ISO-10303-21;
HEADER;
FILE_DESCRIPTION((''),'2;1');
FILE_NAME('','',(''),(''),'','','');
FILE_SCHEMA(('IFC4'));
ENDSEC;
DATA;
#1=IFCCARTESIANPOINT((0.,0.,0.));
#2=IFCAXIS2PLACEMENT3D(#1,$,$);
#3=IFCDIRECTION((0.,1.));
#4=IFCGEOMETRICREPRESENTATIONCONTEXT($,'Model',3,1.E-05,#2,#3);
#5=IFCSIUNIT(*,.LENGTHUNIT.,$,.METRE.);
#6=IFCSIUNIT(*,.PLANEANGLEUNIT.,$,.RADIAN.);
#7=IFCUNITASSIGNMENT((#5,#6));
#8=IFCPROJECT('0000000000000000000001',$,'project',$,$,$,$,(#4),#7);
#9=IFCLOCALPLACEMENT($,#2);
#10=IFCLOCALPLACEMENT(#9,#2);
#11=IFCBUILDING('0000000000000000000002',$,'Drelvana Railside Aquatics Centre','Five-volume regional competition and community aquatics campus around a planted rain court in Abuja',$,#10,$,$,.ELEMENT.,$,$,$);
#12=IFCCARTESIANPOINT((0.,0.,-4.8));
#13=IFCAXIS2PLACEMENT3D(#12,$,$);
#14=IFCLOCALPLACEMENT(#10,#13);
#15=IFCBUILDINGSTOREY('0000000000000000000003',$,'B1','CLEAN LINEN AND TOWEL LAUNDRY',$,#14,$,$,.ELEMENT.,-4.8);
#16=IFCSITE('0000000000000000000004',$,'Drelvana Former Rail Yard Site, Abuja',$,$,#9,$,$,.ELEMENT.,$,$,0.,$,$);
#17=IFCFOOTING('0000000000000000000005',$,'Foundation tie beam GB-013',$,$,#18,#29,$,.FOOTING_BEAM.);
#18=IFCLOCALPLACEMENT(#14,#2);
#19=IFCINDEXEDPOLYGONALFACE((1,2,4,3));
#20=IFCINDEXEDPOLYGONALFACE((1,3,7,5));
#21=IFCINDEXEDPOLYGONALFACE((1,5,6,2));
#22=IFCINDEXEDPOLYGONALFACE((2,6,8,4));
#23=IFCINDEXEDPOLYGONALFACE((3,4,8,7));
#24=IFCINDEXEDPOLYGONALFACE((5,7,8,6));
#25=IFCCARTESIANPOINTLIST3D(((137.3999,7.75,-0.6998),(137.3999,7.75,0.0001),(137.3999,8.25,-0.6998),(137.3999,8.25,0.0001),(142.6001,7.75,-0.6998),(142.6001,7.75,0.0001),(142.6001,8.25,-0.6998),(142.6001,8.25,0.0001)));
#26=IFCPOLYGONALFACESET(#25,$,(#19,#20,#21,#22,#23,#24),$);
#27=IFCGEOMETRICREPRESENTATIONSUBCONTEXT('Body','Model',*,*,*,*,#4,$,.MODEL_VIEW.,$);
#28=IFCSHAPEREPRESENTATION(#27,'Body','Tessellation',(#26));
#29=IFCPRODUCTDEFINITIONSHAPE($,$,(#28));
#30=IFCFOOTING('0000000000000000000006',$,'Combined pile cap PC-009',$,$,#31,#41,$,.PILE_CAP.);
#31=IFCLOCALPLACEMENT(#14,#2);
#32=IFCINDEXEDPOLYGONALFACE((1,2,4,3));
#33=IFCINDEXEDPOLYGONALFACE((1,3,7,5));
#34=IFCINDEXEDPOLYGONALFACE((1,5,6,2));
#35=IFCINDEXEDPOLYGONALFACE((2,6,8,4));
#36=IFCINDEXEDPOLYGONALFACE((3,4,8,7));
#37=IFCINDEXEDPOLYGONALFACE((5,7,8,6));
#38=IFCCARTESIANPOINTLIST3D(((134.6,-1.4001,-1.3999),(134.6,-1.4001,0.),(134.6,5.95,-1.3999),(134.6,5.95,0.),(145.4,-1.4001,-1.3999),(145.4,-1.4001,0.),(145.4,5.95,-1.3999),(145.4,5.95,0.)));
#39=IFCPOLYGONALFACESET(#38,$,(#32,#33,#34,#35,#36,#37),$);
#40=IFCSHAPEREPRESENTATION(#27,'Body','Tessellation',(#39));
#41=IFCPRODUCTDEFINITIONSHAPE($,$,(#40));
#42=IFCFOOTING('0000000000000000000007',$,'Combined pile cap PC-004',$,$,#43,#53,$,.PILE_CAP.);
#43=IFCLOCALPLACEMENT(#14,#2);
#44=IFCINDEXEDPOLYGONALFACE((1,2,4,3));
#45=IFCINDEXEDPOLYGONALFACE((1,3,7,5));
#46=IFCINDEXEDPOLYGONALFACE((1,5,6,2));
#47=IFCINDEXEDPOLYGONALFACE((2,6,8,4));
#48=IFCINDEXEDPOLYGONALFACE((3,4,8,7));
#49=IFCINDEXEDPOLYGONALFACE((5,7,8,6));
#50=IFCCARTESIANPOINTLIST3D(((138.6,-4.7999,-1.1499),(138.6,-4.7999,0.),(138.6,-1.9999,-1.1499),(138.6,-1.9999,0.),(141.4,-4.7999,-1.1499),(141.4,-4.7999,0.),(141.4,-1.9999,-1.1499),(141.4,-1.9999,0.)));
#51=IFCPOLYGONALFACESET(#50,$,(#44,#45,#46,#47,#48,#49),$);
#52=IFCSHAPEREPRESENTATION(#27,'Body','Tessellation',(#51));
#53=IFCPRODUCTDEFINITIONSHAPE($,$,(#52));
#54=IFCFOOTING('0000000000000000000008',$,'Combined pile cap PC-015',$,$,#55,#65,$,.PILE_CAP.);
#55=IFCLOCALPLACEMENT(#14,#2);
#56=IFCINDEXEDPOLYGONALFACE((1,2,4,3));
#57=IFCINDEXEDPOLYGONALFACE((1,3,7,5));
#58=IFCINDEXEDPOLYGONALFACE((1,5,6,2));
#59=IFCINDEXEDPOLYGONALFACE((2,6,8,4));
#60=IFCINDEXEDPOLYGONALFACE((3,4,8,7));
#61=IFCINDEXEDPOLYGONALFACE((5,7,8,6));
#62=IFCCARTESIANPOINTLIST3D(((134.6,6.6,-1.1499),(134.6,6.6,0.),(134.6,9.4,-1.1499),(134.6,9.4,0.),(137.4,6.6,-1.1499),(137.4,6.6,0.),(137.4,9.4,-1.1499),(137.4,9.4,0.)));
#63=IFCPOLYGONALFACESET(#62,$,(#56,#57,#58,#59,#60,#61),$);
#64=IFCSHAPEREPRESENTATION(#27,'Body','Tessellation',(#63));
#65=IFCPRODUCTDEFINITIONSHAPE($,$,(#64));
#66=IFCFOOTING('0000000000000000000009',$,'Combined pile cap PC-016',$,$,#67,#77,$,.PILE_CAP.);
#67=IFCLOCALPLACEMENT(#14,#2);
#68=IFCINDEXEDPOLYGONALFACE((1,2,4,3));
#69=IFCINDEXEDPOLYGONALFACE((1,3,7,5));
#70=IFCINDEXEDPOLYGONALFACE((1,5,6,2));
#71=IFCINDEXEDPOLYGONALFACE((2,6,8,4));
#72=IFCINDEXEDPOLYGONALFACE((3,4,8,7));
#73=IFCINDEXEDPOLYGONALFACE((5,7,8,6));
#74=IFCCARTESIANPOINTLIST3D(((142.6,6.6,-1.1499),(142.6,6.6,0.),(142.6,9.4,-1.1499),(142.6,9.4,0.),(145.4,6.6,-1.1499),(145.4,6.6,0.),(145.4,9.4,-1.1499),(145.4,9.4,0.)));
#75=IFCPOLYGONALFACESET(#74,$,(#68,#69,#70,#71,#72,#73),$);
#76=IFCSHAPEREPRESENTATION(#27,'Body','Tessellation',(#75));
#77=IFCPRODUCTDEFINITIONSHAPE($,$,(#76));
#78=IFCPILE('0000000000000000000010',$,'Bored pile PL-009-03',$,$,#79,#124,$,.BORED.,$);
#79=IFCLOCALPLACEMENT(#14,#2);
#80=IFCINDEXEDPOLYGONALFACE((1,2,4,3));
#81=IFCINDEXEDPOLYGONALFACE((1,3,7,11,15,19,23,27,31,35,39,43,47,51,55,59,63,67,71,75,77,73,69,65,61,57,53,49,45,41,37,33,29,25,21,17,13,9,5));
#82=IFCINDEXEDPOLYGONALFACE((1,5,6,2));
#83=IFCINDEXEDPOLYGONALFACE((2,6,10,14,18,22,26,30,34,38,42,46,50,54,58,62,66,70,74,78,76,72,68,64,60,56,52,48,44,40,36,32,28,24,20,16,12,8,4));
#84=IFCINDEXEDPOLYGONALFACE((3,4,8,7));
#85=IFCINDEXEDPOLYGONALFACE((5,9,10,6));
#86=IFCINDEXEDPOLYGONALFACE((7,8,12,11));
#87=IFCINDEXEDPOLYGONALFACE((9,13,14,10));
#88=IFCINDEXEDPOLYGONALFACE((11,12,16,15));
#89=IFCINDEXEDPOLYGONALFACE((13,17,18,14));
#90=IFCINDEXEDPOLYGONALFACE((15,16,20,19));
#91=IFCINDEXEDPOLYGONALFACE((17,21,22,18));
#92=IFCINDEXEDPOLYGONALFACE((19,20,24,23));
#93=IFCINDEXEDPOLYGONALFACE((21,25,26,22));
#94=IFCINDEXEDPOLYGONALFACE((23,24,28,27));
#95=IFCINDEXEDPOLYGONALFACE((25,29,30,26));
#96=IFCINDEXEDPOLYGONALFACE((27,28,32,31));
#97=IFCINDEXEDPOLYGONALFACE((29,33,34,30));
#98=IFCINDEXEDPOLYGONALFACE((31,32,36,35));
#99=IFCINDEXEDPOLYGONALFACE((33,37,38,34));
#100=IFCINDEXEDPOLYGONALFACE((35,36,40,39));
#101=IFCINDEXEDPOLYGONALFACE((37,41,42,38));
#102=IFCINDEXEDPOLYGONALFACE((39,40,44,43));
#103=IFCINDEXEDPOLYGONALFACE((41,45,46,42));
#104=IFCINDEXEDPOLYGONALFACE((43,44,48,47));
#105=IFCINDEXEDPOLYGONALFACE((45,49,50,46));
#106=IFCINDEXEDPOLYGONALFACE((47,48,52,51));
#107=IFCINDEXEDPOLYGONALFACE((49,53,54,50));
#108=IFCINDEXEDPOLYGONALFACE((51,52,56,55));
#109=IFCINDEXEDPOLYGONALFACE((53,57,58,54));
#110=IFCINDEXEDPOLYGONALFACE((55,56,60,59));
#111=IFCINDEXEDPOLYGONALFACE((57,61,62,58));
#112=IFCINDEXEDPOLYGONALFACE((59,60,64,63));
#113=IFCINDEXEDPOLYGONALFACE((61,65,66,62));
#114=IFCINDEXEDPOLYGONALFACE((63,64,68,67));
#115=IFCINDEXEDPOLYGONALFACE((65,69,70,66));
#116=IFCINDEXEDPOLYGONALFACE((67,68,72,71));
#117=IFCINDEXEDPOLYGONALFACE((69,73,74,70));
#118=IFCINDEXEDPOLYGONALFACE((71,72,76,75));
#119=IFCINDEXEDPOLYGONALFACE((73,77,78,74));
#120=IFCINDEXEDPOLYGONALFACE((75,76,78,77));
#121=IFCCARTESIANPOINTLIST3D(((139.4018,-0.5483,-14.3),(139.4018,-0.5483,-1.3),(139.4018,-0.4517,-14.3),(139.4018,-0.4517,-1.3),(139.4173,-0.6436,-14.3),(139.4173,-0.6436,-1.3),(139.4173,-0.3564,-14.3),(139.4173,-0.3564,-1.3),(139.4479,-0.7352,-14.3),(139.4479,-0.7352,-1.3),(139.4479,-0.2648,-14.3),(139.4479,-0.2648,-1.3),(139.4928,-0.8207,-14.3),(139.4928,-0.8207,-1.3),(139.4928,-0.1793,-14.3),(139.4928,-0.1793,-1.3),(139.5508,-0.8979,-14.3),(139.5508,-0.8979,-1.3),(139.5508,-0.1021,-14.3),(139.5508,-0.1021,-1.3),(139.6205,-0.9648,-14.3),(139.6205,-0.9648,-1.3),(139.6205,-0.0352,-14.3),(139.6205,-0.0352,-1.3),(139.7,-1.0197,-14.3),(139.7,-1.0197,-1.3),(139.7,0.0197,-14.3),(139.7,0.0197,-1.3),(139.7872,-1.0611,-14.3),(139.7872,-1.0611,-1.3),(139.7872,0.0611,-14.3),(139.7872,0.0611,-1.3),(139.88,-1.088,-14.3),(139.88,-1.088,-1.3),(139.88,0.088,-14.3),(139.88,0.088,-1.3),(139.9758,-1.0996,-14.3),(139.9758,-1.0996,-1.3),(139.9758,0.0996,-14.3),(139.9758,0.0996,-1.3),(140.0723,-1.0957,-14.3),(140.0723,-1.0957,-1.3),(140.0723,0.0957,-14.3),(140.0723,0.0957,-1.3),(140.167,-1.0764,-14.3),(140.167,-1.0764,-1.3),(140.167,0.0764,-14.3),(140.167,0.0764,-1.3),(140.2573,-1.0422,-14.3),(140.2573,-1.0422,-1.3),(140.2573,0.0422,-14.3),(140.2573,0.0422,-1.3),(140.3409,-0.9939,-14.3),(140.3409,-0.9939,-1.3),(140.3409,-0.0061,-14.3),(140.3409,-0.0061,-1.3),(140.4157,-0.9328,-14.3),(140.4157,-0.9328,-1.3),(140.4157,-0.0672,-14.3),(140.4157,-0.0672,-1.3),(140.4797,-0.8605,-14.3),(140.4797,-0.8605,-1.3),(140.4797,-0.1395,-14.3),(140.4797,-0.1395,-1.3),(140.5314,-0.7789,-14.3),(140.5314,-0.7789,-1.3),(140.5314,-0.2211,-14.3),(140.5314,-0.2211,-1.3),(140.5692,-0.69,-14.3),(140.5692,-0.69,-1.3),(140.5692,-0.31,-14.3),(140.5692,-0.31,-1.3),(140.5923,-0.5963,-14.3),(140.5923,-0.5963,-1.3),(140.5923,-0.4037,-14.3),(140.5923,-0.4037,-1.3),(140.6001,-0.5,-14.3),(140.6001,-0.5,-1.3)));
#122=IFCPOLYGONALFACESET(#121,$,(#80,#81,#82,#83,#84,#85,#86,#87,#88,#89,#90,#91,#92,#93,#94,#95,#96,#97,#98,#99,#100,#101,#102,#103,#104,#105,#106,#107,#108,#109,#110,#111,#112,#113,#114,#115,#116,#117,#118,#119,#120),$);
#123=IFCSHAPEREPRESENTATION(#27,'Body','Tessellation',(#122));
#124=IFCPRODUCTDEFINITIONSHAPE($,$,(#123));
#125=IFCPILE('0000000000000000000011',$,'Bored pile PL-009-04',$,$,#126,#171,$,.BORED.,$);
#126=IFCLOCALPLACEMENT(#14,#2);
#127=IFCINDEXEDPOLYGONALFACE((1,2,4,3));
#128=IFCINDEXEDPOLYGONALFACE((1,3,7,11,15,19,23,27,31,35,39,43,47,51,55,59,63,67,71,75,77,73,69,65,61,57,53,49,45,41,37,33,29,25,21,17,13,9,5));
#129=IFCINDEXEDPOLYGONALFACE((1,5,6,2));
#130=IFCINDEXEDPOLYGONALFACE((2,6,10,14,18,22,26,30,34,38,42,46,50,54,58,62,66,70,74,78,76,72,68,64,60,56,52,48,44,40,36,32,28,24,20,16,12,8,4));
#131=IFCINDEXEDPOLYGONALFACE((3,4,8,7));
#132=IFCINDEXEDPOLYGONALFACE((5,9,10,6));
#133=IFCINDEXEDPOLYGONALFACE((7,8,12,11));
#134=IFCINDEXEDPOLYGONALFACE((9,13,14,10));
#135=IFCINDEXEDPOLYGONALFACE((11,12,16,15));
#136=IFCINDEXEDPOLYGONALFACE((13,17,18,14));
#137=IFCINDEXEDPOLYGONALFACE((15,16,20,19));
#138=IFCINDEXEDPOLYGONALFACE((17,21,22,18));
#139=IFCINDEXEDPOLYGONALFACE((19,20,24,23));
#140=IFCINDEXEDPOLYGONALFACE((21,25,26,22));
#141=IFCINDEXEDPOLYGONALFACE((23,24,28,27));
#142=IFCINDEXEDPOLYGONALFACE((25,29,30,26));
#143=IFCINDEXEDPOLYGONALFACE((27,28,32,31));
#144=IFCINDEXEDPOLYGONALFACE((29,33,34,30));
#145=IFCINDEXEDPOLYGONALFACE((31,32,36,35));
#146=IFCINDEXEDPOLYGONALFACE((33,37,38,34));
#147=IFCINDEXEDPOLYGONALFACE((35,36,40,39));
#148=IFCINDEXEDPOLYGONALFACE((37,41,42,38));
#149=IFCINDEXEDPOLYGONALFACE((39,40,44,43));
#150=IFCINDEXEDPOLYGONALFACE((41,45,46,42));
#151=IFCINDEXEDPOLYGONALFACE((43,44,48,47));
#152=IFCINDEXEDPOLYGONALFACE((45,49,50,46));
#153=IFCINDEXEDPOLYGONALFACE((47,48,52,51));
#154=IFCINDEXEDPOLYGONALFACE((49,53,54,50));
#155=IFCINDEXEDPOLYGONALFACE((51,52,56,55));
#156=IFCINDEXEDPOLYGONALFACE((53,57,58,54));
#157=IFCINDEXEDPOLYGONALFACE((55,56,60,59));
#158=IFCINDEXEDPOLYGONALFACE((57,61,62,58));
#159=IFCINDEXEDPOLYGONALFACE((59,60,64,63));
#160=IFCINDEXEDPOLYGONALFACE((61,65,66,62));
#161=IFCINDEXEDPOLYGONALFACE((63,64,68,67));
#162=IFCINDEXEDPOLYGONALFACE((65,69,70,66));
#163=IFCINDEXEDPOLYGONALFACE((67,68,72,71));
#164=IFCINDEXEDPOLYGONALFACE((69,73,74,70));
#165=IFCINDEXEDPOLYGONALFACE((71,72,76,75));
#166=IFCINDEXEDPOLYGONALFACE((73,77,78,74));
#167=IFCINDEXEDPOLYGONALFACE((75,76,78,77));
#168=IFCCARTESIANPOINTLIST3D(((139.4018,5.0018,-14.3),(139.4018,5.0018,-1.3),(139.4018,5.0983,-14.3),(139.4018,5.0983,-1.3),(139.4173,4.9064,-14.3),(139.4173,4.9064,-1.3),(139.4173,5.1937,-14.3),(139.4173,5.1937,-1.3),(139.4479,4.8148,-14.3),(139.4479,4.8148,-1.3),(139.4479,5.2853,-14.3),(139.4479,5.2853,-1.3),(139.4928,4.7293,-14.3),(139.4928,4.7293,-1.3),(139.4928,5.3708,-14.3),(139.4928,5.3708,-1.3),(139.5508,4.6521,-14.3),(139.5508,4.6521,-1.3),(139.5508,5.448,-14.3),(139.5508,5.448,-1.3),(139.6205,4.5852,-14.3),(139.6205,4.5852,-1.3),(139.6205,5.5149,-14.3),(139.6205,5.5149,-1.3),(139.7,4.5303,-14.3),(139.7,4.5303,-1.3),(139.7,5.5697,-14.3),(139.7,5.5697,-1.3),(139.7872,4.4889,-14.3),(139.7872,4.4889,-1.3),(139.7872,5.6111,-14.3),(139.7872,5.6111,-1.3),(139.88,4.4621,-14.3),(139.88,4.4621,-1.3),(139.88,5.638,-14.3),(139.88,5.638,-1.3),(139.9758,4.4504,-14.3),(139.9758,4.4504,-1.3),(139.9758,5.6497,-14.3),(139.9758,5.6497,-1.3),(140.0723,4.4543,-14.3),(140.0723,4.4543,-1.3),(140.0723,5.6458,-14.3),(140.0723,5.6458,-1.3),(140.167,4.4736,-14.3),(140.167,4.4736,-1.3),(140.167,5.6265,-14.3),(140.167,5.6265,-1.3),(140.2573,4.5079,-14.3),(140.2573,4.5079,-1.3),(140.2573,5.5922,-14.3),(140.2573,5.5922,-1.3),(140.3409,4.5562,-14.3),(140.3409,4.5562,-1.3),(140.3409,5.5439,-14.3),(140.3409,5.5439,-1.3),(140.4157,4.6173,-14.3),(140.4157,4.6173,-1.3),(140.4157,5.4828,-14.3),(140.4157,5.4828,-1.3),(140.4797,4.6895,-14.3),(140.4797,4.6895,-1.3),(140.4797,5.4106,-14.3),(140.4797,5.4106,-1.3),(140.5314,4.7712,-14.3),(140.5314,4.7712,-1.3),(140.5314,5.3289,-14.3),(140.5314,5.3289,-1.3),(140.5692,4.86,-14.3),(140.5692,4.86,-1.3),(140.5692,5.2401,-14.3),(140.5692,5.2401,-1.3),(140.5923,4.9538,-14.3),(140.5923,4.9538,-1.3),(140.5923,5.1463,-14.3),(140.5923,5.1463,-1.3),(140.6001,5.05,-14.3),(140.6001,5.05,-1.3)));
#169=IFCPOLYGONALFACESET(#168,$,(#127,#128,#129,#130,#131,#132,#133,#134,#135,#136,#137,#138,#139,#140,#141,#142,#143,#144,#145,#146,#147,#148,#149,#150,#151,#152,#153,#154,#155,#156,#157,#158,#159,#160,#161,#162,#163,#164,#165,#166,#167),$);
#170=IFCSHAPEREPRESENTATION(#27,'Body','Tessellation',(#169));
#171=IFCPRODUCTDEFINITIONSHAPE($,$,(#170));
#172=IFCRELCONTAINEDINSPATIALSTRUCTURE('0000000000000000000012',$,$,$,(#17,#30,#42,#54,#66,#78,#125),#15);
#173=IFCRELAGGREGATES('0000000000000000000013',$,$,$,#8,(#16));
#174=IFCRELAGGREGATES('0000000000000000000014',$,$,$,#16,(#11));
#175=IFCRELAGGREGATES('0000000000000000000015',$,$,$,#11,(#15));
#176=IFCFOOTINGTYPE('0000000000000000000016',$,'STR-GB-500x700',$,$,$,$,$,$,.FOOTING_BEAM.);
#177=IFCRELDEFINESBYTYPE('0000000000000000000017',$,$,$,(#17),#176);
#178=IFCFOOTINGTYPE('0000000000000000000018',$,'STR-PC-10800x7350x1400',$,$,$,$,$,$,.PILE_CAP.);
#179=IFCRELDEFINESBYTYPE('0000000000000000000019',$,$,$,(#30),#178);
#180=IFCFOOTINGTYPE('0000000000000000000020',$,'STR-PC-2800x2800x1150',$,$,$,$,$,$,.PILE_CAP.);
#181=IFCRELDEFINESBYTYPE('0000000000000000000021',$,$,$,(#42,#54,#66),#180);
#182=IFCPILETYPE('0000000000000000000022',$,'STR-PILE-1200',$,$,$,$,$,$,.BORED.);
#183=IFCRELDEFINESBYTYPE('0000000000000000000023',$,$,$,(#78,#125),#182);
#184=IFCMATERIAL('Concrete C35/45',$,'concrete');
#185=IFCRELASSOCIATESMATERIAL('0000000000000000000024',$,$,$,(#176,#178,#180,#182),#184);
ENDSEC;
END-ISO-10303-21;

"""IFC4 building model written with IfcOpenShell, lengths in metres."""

from ifc_helpers import new_model, si_unit, direction, frame, origin, origin_2d, place, context, subcontext, project, spatial, rectangle, circle, extrude, material, material_profile, profile_set, type_object, element, save


model = new_model("IFC4")

# Units and contexts
model_context = context("Model", 3, precision=1e-05, world=origin(), true_north=direction((0.0, 1.0)))
body_context = subcontext(model_context, "Body", "Model", "MODEL_VIEW")
ifc_project = project(units=[si_unit("LENGTHUNIT", "METRE"), si_unit("PLANEANGLEUNIT", "RADIAN")], contexts=[model_context])

# Site, building, storey
site_placement = place(None, origin())
site = spatial("IfcSite", under=ifc_project, at=site_placement, Name="Drelvana Former Rail Yard Site, Abuja", CompositionType="ELEMENT", RefElevation=0.0)
building_placement = place(site_placement, origin())
building = spatial("IfcBuilding", under=site, at=building_placement, Name="Drelvana Railside Aquatics Centre", Description="Five-volume regional competition and community aquatics campus around a planted rain court in Abuja", CompositionType="ELEMENT")
storey_placement = place(building_placement, frame((0.0, 0.0, -4.8)))
storey = spatial("IfcBuildingStorey", under=building, at=storey_placement, Name="B1", Description="CLEAN LINEN AND TOWEL LAUNDRY", CompositionType="ELEMENT", Elevation=-4.8)

# Footings
ifc_material_1 = material(Name="Concrete C35/45", Category="concrete")
ifc_material_profile_1 = material_profile(ifc_material_1, rectangle(XDim=0.5, YDim=0.7, at=origin_2d()), Name="GB 500x700")
ifc_profile_set_1 = profile_set([ifc_material_profile_1], Name="Concrete C35/45")
footing_type_1 = type_object("IfcFootingType", Name="STR-GB-500x700", PredefinedType="FOOTING_BEAM", material=ifc_profile_set_1)
footing_1_placement = place(storey_placement, frame((137.3999, 8.0, -0.3499), z_axis=(1.0, 0.0, 0.0), x_axis=(0.0, 1.0, 0.0)))
element("IfcFooting", 1, at=footing_1_placement, inside=storey, type_object=footing_type_1, Name="Foundation tie beam GB-013", PredefinedType="FOOTING_BEAM", context=body_context, shape_type="SweptSolid", body=[
    extrude(rectangle(XDim=0.5, YDim=0.7, at=origin_2d()), origin(), (0.0, 0.0, 1.0), 5.2002),
])
footing_type_2 = type_object("IfcFootingType", Name="STR-PC-10800x7350x1400", PredefinedType="PILE_CAP", material=ifc_material_1)
footing_2_placement = place(storey_placement, frame((140.0, 2.2749, -1.3999), z_axis=(0.0, 0.0, 1.0), x_axis=(1.0, 0.0, 0.0)))
element("IfcFooting", 2, at=footing_2_placement, inside=storey, type_object=footing_type_2, Name="Combined pile cap PC-009", PredefinedType="PILE_CAP", context=body_context, shape_type="SweptSolid", body=[
    extrude(rectangle(XDim=10.8, YDim=7.3501, at=origin_2d()), origin(), (0.0, 0.0, 1.0), 1.3999),
])
footing_type_3 = type_object("IfcFootingType", Name="STR-PC-2800x2800x1150", PredefinedType="PILE_CAP", material=ifc_material_1)
for number, where, z_axis, x_axis, name in (
    (3, (140.0, -3.3999, -1.1499), (0.0, 0.0, 1.0), (1.0, 0.0, 0.0), "Combined pile cap PC-004"),
    (4, (136.0, 8.0, -1.1499), (0.0, 0.0, 1.0), (1.0, 0.0, 0.0), "Combined pile cap PC-015"),
    (5, (144.0, 8.0, -1.1499), (0.0, 0.0, 1.0), (1.0, 0.0, 0.0), "Combined pile cap PC-016"),
):
    element("IfcFooting", number, at=place(storey_placement, frame(where, z_axis=z_axis, x_axis=x_axis)), inside=storey, type_object=footing_type_3, Name=name, PredefinedType="PILE_CAP", context=body_context, shape_type="SweptSolid", body=[
        extrude(rectangle(XDim=2.8, YDim=2.8, at=origin_2d()), origin(), (0.0, 0.0, 1.0), 1.1499),
    ])

# Piles
ifc_material_profile_2 = material_profile(ifc_material_1, circle(Radius=0.6001, at=origin_2d()), Name="PILE D1200")
ifc_profile_set_2 = profile_set([ifc_material_profile_2], Name="Concrete C35/45")
pile_type_1 = type_object("IfcPileType", Name="STR-PILE-1200", PredefinedType="BORED", material=ifc_profile_set_2)
for number, where, z_axis, x_axis, name in (
    (6, (140.0, -0.5, -1.3), (0.0, 0.0, -1.0), (1.0, 0.0, 0.0), "Bored pile PL-009-03"),
    (7, (140.0, 5.05, -1.3), (0.0, 0.0, -1.0), (1.0, 0.0, 0.0), "Bored pile PL-009-04"),
):
    element("IfcPile", number, at=place(storey_placement, frame(where, z_axis=z_axis, x_axis=x_axis)), inside=storey, type_object=pile_type_1, Name=name, PredefinedType="BORED", context=body_context, shape_type="SweptSolid", body=[
        extrude(circle(Radius=0.6001, at=origin_2d()), origin(), (0.0, 0.0, 1.0), 13.0),
    ])

save(model, "model.ifc")
